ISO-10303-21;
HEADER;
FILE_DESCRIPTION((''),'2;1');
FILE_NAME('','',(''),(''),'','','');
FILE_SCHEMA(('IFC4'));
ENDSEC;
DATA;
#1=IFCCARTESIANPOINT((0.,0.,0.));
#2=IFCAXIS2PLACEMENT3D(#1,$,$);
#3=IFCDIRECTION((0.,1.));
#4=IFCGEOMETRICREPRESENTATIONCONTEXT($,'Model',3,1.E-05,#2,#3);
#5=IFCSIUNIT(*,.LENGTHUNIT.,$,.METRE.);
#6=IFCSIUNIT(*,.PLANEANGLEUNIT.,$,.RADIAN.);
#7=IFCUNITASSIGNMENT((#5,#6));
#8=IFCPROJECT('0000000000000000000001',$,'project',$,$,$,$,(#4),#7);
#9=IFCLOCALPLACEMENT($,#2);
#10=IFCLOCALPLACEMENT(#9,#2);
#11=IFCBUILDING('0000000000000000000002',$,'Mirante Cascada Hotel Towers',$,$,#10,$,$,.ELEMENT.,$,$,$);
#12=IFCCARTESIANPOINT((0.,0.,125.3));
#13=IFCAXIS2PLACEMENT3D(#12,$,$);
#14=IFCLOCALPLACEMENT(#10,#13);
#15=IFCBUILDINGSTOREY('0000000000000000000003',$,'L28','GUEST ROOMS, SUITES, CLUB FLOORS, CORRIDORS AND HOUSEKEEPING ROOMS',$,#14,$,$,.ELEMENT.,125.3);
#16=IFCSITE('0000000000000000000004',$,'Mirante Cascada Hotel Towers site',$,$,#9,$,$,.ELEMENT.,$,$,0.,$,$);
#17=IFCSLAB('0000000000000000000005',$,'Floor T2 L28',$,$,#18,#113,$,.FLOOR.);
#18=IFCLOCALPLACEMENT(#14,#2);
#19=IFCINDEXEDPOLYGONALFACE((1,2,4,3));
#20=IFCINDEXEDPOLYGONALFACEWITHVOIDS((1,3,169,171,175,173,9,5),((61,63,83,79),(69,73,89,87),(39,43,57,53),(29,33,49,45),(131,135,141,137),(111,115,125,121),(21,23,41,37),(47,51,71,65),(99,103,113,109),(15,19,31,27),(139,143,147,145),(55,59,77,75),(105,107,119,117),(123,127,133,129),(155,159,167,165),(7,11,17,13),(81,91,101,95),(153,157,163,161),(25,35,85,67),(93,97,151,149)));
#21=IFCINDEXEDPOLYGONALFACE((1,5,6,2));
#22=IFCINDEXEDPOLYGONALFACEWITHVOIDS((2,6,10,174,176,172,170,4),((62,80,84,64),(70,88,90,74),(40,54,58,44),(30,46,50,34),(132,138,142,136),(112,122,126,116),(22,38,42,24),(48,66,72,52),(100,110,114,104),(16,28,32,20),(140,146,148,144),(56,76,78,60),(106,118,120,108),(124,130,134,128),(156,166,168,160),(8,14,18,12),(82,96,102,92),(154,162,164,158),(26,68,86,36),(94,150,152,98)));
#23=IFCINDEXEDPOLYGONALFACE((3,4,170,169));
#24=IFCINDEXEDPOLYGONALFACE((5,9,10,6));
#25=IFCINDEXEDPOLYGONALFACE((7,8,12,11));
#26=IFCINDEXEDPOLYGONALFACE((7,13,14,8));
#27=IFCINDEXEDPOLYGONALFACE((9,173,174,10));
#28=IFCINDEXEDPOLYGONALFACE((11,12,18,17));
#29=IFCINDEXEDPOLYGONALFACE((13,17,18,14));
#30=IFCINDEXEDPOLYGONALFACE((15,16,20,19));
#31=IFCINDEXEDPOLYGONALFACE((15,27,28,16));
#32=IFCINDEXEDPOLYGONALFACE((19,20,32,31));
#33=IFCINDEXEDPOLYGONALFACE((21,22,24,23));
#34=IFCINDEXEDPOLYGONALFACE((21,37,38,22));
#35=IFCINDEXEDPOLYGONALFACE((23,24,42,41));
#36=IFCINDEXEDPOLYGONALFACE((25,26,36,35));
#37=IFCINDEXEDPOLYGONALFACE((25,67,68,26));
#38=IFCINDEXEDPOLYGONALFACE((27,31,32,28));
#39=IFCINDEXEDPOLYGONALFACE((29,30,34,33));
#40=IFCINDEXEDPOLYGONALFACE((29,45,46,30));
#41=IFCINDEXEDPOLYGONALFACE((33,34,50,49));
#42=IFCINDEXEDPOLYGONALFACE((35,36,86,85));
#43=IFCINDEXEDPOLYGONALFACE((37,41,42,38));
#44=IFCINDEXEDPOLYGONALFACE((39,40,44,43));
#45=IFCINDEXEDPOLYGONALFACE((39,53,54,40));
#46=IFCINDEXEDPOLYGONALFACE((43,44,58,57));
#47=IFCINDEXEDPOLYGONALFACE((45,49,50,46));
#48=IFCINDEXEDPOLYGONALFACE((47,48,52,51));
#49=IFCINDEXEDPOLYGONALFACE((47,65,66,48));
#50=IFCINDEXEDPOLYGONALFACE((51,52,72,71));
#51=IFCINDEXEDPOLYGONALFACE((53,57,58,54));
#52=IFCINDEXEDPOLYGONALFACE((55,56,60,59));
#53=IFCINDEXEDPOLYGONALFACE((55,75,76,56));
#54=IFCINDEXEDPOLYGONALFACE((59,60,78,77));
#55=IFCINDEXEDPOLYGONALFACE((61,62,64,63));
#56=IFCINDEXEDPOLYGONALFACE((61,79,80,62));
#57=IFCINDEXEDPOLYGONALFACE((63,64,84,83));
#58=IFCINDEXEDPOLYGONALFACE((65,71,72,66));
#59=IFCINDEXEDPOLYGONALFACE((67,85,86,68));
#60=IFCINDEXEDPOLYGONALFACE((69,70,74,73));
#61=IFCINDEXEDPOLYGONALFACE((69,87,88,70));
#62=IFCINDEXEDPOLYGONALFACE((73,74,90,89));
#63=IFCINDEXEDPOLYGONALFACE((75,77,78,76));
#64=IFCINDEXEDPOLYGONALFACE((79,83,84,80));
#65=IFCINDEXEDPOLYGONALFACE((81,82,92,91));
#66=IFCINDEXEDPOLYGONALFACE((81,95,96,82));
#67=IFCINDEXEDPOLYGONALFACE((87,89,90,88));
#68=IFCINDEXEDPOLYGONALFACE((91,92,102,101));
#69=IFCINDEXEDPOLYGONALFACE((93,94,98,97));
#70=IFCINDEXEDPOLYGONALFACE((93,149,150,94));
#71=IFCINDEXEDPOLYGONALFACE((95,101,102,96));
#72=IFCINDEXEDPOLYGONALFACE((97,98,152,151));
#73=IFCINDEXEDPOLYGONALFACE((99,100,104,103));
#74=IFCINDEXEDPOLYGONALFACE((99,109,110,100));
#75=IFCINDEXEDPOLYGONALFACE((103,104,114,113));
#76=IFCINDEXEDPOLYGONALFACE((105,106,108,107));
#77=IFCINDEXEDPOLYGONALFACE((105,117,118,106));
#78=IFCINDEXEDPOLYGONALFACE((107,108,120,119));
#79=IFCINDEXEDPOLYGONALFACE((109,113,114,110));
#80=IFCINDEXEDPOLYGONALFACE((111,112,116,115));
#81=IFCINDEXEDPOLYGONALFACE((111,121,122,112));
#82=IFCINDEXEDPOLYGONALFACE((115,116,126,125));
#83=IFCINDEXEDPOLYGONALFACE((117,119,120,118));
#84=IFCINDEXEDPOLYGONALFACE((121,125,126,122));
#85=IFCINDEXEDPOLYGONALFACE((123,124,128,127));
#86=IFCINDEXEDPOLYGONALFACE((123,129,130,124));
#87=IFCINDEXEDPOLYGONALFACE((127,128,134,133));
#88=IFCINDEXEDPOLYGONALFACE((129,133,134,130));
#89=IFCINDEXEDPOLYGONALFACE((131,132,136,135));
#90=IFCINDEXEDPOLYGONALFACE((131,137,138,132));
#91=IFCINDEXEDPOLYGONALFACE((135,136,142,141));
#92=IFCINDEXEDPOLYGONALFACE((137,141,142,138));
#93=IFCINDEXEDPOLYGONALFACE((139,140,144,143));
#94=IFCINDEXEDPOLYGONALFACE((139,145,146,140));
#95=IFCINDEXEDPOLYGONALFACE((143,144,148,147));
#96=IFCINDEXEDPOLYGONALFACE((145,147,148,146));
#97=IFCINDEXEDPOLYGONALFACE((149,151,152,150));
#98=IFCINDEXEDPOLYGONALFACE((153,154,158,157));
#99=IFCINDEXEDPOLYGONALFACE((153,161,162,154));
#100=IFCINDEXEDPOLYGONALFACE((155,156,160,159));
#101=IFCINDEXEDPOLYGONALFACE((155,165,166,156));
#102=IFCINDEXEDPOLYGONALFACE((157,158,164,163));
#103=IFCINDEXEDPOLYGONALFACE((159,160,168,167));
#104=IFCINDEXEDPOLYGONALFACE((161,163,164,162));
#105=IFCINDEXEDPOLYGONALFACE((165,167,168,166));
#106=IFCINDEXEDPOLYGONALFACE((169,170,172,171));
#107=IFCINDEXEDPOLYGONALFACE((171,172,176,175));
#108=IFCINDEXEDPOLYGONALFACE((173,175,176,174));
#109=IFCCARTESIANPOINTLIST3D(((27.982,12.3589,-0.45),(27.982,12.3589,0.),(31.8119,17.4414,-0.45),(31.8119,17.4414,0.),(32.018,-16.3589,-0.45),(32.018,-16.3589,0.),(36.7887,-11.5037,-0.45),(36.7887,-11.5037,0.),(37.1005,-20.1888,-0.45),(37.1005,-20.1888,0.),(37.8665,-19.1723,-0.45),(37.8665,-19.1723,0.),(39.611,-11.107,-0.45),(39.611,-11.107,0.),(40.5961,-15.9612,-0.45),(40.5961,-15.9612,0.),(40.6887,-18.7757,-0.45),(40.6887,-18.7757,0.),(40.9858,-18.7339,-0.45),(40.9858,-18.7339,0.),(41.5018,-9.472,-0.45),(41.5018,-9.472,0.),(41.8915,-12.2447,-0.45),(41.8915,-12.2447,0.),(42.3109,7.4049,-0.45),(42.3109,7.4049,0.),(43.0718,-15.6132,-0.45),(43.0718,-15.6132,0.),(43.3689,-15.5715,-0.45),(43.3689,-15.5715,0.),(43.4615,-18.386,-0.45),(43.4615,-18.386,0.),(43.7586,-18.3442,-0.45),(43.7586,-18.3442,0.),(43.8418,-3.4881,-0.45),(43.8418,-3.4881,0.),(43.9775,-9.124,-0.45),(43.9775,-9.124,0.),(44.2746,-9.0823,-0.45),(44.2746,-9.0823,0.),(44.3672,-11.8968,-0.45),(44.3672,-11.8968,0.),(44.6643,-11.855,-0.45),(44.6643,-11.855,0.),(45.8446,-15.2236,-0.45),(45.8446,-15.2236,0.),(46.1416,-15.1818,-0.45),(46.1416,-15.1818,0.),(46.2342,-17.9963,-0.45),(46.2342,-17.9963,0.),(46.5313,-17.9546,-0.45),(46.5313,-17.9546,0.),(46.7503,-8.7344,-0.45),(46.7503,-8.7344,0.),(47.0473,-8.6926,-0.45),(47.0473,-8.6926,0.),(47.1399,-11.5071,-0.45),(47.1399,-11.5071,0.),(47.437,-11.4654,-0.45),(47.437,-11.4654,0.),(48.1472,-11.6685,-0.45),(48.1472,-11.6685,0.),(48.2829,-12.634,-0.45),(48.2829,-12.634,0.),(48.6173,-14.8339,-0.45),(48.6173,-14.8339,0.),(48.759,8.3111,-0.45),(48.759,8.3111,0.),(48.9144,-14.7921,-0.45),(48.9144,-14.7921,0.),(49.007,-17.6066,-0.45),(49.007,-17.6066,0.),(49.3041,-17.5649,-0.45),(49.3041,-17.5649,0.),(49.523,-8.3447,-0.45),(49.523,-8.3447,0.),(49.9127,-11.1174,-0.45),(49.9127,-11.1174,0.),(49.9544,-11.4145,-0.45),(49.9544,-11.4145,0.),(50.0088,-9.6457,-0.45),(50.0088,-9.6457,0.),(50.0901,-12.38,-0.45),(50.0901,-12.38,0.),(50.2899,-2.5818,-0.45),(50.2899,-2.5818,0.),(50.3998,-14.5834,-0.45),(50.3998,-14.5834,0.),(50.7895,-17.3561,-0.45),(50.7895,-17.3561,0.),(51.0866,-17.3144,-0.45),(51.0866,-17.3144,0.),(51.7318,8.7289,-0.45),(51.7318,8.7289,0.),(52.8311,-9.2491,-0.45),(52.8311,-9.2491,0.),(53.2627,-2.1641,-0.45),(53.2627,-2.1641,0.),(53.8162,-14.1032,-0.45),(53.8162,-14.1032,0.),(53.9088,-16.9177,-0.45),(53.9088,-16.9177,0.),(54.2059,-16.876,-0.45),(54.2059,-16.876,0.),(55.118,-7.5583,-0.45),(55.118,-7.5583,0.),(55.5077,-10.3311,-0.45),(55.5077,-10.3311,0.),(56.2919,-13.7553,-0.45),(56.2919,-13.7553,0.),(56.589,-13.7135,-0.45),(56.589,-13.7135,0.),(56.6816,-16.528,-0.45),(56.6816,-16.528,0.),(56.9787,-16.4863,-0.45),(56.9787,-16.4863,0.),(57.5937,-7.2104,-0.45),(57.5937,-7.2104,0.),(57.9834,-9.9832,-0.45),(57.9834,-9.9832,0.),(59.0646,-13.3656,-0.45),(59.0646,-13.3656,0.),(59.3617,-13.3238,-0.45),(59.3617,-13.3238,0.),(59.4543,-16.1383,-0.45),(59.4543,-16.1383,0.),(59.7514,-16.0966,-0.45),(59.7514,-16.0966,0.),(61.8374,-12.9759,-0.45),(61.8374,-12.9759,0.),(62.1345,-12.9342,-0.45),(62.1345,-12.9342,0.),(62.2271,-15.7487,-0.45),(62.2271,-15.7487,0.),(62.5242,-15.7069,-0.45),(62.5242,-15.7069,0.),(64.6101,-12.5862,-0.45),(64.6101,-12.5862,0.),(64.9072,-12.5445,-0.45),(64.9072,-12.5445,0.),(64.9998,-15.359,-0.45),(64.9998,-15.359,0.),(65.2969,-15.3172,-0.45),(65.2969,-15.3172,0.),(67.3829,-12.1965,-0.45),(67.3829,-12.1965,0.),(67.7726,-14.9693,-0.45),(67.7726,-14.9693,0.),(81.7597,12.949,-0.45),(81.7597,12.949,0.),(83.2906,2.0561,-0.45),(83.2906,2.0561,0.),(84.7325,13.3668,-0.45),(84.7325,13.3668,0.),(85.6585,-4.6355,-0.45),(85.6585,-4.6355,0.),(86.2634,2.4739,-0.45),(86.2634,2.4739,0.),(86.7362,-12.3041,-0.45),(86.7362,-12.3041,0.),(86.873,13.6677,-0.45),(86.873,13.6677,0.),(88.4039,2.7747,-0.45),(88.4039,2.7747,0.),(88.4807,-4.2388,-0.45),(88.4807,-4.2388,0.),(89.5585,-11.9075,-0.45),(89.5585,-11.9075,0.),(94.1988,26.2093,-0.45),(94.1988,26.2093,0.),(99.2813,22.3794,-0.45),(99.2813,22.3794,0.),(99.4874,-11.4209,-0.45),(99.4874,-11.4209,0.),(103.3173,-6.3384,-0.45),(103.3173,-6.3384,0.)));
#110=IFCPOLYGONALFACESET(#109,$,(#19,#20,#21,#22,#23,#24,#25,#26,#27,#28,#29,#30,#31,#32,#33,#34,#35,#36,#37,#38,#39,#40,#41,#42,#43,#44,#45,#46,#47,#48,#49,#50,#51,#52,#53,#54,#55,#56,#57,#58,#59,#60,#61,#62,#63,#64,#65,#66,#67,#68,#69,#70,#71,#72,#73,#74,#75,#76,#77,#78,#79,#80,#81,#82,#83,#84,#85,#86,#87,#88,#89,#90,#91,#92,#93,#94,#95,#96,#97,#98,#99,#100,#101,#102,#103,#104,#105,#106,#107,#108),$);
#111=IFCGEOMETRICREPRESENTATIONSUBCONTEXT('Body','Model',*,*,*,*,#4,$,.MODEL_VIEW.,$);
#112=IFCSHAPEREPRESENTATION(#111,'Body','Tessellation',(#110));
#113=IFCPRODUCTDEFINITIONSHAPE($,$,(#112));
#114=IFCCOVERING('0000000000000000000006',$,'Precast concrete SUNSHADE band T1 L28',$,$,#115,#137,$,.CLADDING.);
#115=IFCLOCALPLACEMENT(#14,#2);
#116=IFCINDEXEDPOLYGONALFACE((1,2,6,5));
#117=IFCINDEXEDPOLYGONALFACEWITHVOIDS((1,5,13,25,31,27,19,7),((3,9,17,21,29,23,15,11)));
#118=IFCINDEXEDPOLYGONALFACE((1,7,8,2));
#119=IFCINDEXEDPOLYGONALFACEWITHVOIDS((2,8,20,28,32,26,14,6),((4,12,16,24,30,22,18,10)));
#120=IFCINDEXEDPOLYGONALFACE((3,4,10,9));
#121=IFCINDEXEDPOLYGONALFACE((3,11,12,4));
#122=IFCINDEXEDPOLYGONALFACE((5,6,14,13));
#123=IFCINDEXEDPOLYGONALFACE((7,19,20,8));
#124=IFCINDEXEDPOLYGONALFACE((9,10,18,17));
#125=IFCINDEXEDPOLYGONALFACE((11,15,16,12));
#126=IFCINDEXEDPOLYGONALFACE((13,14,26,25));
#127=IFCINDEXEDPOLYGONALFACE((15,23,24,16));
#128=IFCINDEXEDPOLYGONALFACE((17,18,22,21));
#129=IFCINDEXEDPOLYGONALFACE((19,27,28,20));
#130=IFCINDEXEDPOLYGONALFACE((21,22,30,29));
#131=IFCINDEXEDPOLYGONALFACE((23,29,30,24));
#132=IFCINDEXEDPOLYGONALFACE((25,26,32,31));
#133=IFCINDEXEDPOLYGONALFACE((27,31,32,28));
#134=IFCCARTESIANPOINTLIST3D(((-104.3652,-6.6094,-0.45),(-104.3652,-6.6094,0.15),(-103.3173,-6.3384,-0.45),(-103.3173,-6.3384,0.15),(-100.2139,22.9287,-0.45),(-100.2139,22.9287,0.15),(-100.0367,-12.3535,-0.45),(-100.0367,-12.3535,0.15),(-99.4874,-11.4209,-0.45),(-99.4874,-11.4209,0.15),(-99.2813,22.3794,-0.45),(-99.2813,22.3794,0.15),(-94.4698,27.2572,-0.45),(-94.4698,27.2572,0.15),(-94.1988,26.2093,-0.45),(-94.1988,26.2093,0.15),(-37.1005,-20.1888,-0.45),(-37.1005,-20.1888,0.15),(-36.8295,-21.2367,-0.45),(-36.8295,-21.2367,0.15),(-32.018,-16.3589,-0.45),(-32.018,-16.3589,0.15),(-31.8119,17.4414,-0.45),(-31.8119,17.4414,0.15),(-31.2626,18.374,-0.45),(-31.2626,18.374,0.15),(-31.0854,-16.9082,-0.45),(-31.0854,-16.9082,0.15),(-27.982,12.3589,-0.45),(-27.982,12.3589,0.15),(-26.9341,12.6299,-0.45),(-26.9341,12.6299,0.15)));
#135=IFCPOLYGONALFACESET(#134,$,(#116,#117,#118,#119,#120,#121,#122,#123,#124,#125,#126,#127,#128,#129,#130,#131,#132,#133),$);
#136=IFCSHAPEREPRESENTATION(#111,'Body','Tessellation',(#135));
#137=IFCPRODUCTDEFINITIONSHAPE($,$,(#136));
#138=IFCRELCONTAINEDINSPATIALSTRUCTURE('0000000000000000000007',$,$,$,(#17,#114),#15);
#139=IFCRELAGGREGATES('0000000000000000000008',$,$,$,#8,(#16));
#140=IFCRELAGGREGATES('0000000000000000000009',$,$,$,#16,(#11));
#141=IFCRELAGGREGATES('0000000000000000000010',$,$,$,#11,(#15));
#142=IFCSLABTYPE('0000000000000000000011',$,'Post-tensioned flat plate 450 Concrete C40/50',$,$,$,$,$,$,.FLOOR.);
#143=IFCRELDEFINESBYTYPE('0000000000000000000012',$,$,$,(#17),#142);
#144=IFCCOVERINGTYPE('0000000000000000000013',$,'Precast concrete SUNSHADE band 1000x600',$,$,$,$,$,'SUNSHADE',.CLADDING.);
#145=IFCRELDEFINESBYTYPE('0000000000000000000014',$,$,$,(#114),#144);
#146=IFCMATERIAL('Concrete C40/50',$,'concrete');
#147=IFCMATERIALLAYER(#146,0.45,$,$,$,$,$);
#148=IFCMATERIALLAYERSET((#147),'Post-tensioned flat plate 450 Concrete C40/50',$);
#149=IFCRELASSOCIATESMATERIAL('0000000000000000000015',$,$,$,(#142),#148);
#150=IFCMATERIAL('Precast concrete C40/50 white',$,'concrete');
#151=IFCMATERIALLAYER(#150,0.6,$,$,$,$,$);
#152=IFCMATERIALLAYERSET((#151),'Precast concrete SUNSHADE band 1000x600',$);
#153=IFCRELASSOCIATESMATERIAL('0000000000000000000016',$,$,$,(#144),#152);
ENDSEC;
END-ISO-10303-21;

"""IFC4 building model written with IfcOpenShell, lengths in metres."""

from ifc_helpers import new_model, si_unit, direction, frame, origin, place, context, subcontext, project, spatial, polyline, outline, extrude, material, layer, layer_set, type_object, element, save


model = new_model("IFC4")

# Units and contexts
model_context = context("Model", 3, precision=1e-05, world=origin(), true_north=direction((0.0, 1.0)))
body_context = subcontext(model_context, "Body", "Model", "MODEL_VIEW")
ifc_project = project(units=[si_unit("LENGTHUNIT", "METRE"), si_unit("PLANEANGLEUNIT", "RADIAN")], contexts=[model_context])

# Site, building, storey
site_placement = place(None, origin())
site = spatial("IfcSite", under=ifc_project, at=site_placement, Name="Mirante Cascada Hotel Towers site", CompositionType="ELEMENT", RefElevation=0.0)
building_placement = place(site_placement, origin())
building = spatial("IfcBuilding", under=site, at=building_placement, Name="Mirante Cascada Hotel Towers", CompositionType="ELEMENT")
storey_placement = place(building_placement, frame((0.0, 0.0, 125.3)))
storey = spatial("IfcBuildingStorey", under=building, at=storey_placement, Name="L28", Description="GUEST ROOMS, SUITES, CLUB FLOORS, CORRIDORS AND HOUSEKEEPING ROOMS", CompositionType="ELEMENT", Elevation=125.3)

# Slab
ifc_material_1 = material(Name="Concrete C40/50", Category="concrete")
ifc_layer_1 = layer(ifc_material_1, 0.45)
ifc_layer_set_1 = layer_set([ifc_layer_1], Name="Post-tensioned flat plate 450 Concrete C40/50")
slab_type = type_object("IfcSlabType", Name="Post-tensioned flat plate 450 Concrete C40/50", PredefinedType="FLOOR", material=ifc_layer_set_1)
slab_1_placement = place(storey_placement, frame((0.0, 0.0, -0.45)))
element("IfcSlab", 1, at=slab_1_placement, inside=storey, type_object=slab_type, Name="Floor T2 L28", PredefinedType="FLOOR", context=body_context, shape_type="SweptSolid", body=[
    extrude(outline(polyline([(32.018, -16.3589), (27.982, 12.3589), (31.8119, 17.4414), (94.1988, 26.2093), (99.2813, 22.3794), (103.3173, -6.3384), (99.4874, -11.4209), (37.1005, -20.1888), (32.018, -16.3589)]), holes=[polyline([(43.0718, -15.6132), (40.5961, -15.9612), (40.9858, -18.7339), (43.4615, -18.386), (43.0718, -15.6132)]), polyline([(45.8446, -15.2236), (43.3689, -15.5715), (43.7586, -18.3442), (46.2342, -17.9963), (45.8446, -15.2236)]), polyline([(48.6173, -14.8339), (46.1416, -15.1818), (46.5313, -17.9546), (49.007, -17.6066), (48.6173, -14.8339)]), polyline([(50.3998, -14.5834), (48.9144, -14.7921), (49.3041, -17.5649), (50.7895, -17.3561), (50.3998, -14.5834)]), polyline([(37.8665, -19.1723), (40.6887, -18.7757), (39.611, -11.107), (36.7887, -11.5037), (37.8665, -19.1723)]), polyline([(49.9544, -11.4145), (48.1472, -11.6685), (48.2829, -12.634), (50.0901, -12.38), (49.9544, -11.4145)]), polyline([(43.9775, -9.124), (41.5018, -9.472), (41.8915, -12.2447), (44.3672, -11.8968), (43.9775, -9.124)]), polyline([(47.1399, -11.5071), (46.7503, -8.7344), (44.2746, -9.0823), (44.6643, -11.855), (47.1399, -11.5071)]), polyline([(49.9127, -11.1174), (49.523, -8.3447), (47.0473, -8.6926), (47.437, -11.4654), (49.9127, -11.1174)]), polyline([(56.2919, -13.7553), (53.8162, -14.1032), (54.2059, -16.876), (56.6816, -16.528), (56.2919, -13.7553)]), polyline([(59.0646, -13.3656), (56.589, -13.7135), (56.9787, -16.4863), (59.4543, -16.1383), (59.0646, -13.3656)]), polyline([(61.8374, -12.9759), (59.3617, -13.3238), (59.7514, -16.0966), (62.2271, -15.7487), (61.8374, -12.9759)]), polyline([(64.6101, -12.5862), (62.1345, -12.9342), (62.5242, -15.7069), (64.9998, -15.359), (64.6101, -12.5862)]), polyline([(67.3829, -12.1965), (64.9072, -12.5445), (65.2969, -15.3172), (67.7726, -14.9693), (67.3829, -12.1965)]), polyline([(51.0866, -17.3144), (53.9088, -16.9177), (52.8311, -9.2491), (50.0088, -9.6457), (51.0866, -17.3144)]), polyline([(86.7362, -12.3041), (89.5585, -11.9075), (88.4807, -4.2388), (85.6585, -4.6355), (86.7362, -12.3041)]), polyline([(57.9834, -9.9832), (57.5937, -7.2104), (55.118, -7.5583), (55.5077, -10.3311), (57.9834, -9.9832)]), polyline([(86.873, 13.6677), (88.4039, 2.7747), (86.2634, 2.4739), (86.2634, 2.4739), (84.7325, 13.3668), (84.7325, 13.3668), (86.873, 13.6677)]), polyline([(81.7597, 12.949), (81.7597, 12.949), (83.2906, 2.0561), (83.2906, 2.0561), (53.2627, -2.1641), (53.2627, -2.1641), (51.7318, 8.7289), (81.7597, 12.949)]), polyline([(43.8418, -3.4881), (42.3109, 7.4049), (48.759, 8.3111), (50.2899, -2.5818), (50.2899, -2.5818), (43.8418, -3.4881)])]), origin(), (0.0, 0.0, 1.0), 0.45),
])

# Covering
ifc_material_2 = material(Name="Precast concrete C40/50 white", Category="concrete")
ifc_layer_2 = layer(ifc_material_2, 0.6)
ifc_layer_set_2 = layer_set([ifc_layer_2], Name="Precast concrete SUNSHADE band 1000x600")
covering_type = type_object("IfcCoveringType", Name="Precast concrete SUNSHADE band 1000x600", ElementType="SUNSHADE", PredefinedType="CLADDING", material=ifc_layer_set_2)
covering_placement = place(storey_placement, frame((0.0, 0.0, -0.45)))
element("IfcCovering", 2, at=covering_placement, inside=storey, type_object=covering_type, Name="Precast concrete SUNSHADE band T1 L28", PredefinedType="CLADDING", context=body_context, shape_type="SweptSolid", body=[
    extrude(outline(polyline([(-104.3652, -6.6094), (-100.2139, 22.9287), (-94.4698, 27.2572), (-31.2626, 18.374), (-26.9341, 12.6299), (-31.0854, -16.9082), (-36.8295, -21.2367), (-100.0367, -12.3535), (-104.3652, -6.6094)]), holes=[polyline([(-27.982, 12.3589), (-31.8119, 17.4414), (-94.1988, 26.2093), (-99.2813, 22.3794), (-103.3173, -6.3384), (-99.4874, -11.4209), (-37.1005, -20.1888), (-32.018, -16.3589), (-27.982, 12.3589)])]), origin(), (0.0, 0.0, 1.0), 0.6),
])

save(model, "model.ifc")
